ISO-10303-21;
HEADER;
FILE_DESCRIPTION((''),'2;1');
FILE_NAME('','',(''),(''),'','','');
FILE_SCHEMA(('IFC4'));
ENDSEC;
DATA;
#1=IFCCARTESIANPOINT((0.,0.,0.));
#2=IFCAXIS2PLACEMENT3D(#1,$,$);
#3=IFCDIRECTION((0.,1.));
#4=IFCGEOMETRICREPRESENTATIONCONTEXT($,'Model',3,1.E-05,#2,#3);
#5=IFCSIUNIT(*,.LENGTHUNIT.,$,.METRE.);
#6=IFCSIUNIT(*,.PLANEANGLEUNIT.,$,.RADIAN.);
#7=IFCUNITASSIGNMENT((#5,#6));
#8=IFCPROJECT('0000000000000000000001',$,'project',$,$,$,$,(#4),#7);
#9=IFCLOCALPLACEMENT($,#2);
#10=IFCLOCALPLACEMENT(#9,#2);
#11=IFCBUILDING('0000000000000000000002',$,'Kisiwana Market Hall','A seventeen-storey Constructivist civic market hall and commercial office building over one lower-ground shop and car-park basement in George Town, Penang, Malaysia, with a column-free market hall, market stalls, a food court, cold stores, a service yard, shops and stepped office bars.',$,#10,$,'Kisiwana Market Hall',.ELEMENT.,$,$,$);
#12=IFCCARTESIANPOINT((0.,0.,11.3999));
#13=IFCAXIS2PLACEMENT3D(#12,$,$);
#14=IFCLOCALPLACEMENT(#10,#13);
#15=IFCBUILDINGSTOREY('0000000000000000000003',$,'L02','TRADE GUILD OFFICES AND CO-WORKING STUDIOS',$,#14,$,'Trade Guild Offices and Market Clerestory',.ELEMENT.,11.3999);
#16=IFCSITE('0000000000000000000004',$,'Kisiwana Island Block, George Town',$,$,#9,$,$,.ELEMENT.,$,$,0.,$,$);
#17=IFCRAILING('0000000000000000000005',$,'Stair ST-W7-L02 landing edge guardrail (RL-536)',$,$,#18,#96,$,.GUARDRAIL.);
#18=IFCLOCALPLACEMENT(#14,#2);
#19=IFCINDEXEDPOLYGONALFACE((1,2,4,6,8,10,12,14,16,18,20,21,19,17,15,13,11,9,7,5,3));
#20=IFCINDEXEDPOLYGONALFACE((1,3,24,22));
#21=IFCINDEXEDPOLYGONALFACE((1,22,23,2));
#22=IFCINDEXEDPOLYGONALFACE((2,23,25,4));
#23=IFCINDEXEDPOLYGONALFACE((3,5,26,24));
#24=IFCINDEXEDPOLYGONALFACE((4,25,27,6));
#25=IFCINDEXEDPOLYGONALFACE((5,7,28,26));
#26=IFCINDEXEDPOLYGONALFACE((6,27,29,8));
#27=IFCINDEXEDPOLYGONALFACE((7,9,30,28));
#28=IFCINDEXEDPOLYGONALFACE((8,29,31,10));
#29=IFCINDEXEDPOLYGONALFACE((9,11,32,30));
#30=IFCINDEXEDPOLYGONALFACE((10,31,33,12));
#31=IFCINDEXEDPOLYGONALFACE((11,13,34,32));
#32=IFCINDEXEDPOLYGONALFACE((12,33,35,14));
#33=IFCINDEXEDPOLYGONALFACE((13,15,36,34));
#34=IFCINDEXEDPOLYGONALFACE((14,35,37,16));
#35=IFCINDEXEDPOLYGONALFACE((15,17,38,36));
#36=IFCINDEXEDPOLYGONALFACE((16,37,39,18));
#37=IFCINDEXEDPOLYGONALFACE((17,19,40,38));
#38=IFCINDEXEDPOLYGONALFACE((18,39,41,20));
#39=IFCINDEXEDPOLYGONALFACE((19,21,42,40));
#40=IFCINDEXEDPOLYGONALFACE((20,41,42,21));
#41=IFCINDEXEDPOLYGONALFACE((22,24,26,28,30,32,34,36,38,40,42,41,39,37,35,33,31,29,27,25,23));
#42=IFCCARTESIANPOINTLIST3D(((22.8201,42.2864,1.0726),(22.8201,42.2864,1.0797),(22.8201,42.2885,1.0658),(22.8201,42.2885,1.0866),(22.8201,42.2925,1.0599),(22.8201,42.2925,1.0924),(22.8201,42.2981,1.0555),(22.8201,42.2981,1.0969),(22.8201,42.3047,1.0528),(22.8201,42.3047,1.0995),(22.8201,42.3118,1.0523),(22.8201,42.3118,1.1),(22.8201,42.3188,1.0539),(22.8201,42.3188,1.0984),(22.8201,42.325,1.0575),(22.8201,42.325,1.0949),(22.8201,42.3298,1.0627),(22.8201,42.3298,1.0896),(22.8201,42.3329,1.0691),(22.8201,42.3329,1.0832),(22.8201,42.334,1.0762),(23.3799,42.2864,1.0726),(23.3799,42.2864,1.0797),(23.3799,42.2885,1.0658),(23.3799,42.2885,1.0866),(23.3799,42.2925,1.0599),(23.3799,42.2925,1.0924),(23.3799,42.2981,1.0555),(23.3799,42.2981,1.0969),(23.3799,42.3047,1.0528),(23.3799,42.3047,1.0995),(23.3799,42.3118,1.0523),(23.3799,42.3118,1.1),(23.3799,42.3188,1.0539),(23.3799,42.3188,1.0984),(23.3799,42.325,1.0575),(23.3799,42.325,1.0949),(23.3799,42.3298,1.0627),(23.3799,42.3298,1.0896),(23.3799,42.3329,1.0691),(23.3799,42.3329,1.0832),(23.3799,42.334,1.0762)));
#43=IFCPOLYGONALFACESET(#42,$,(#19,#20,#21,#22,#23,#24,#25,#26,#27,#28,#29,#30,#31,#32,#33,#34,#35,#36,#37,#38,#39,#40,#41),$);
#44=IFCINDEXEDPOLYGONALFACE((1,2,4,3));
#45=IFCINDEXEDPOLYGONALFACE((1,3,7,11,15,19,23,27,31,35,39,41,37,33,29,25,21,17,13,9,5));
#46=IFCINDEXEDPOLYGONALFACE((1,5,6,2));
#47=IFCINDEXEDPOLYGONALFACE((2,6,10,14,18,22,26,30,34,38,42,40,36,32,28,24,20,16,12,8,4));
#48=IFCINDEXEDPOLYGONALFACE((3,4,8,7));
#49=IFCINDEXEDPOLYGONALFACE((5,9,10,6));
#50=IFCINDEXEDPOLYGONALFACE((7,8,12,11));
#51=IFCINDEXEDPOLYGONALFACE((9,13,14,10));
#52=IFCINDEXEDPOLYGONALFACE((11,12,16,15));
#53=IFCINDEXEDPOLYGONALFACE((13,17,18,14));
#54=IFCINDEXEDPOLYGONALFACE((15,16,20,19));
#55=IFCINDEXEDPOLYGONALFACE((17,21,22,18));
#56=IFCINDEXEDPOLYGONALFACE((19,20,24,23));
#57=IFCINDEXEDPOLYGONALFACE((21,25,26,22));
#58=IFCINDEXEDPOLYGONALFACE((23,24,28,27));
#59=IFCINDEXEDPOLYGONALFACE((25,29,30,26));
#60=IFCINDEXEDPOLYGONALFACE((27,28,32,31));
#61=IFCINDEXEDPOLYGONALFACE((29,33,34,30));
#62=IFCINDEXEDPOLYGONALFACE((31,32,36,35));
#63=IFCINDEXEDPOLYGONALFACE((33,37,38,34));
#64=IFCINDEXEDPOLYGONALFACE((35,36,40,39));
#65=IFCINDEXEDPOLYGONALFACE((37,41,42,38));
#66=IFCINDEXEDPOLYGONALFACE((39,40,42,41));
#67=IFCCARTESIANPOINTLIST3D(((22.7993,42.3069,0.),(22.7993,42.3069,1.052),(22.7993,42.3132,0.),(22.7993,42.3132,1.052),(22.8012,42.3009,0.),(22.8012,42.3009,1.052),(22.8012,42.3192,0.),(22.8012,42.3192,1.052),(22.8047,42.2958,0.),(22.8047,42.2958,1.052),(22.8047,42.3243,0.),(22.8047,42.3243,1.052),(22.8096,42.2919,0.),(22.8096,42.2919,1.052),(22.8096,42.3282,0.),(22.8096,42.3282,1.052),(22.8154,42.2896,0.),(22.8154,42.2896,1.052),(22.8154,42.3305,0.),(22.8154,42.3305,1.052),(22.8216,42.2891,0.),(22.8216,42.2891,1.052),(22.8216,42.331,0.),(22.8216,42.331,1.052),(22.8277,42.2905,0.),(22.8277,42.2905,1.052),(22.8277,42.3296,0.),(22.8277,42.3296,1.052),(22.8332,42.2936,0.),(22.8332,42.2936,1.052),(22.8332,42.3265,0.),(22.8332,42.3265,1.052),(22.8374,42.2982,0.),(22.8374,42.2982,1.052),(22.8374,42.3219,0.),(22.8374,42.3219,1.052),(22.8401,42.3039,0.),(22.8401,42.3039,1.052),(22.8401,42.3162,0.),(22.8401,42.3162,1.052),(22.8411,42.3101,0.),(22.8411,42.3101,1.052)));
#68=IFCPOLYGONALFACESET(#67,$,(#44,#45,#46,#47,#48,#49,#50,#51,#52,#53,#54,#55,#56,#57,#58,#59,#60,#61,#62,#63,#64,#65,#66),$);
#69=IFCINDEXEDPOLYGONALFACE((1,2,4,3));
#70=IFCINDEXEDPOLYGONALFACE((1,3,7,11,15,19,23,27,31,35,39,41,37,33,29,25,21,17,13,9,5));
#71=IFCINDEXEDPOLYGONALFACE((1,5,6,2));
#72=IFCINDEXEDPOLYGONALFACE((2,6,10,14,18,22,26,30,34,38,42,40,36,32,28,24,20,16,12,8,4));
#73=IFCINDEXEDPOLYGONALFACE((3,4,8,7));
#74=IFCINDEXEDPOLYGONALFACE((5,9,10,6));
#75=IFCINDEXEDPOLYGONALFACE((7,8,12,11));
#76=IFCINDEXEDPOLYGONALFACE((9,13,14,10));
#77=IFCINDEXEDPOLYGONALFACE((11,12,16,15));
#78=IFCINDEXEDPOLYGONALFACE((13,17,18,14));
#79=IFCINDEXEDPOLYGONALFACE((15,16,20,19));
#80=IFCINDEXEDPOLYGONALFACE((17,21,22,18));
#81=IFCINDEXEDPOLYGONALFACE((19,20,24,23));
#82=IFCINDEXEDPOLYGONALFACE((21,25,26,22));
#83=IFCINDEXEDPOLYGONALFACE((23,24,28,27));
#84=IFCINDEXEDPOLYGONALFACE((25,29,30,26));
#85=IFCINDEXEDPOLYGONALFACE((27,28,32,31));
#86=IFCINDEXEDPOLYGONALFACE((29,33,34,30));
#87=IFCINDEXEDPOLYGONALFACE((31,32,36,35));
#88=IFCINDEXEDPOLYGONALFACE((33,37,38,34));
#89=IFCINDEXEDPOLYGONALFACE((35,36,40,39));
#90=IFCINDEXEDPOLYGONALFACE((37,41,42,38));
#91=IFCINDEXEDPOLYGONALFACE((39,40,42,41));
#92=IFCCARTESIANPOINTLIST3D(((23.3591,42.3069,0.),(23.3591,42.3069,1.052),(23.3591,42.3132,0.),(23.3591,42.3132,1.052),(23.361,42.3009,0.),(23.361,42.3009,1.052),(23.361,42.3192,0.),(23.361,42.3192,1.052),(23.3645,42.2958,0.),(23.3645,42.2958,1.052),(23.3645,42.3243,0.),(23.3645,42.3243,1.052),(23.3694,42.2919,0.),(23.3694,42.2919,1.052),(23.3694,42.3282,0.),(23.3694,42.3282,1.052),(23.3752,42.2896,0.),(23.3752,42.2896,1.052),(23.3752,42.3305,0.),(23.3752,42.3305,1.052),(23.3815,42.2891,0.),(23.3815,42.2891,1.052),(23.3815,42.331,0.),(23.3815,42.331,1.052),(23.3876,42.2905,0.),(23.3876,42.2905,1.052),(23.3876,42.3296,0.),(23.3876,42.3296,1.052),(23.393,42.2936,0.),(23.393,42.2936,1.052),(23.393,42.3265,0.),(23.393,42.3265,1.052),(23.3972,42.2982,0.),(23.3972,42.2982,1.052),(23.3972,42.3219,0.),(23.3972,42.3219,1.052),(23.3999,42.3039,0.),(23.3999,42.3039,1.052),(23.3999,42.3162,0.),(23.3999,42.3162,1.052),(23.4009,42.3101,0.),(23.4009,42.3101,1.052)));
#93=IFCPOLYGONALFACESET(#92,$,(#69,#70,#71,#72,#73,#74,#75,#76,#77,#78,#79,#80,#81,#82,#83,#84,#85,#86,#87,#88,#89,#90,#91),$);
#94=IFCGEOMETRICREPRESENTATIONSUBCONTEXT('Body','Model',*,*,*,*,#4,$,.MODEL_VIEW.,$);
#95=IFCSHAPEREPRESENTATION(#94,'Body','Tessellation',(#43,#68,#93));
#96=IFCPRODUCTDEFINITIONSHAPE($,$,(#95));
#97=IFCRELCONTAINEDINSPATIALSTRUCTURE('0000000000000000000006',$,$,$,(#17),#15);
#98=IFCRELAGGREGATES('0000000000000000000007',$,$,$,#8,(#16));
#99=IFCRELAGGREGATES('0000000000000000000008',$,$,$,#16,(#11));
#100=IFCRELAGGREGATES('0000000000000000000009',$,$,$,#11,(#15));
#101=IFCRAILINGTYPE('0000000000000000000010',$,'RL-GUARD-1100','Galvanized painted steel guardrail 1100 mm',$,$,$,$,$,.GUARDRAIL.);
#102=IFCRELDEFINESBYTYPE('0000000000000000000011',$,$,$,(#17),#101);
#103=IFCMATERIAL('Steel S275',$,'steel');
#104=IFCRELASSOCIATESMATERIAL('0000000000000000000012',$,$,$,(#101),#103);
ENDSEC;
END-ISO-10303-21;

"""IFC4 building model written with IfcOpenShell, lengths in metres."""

from ifc_helpers import new_model, si_unit, direction, frame, origin, origin_2d, place, context, subcontext, project, spatial, circle, extrude, material, type_object, element, save


model = new_model("IFC4")

# Units and contexts
model_context = context("Model", 3, precision=1e-05, world=origin(), true_north=direction((0.0, 1.0)))
body_context = subcontext(model_context, "Body", "Model", "MODEL_VIEW")
ifc_project = project(units=[si_unit("LENGTHUNIT", "METRE"), si_unit("PLANEANGLEUNIT", "RADIAN")], contexts=[model_context])

# Site, building, storey
site_placement = place(None, origin())
site = spatial("IfcSite", under=ifc_project, at=site_placement, Name="Kisiwana Island Block, George Town", CompositionType="ELEMENT", RefElevation=0.0)
building_placement = place(site_placement, origin())
building = spatial("IfcBuilding", under=site, at=building_placement, Name="Kisiwana Market Hall", Description="A seventeen-storey Constructivist civic market hall and commercial office building over one lower-ground shop and car-park basement in George Town, Penang, Malaysia, with a column-free market hall, market stalls, a food court, cold stores, a service yard, shops and stepped office bars.", LongName="Kisiwana Market Hall", CompositionType="ELEMENT")
storey_placement = place(building_placement, frame((0.0, 0.0, 11.3999)))
storey = spatial("IfcBuildingStorey", under=building, at=storey_placement, Name="L02", Description="TRADE GUILD OFFICES AND CO-WORKING STUDIOS", LongName="Trade Guild Offices and Market Clerestory", CompositionType="ELEMENT", Elevation=11.3999)

# Railing
ifc_material_1 = material(Name="Steel S275", Category="steel")
railing_type_1 = type_object("IfcRailingType", Name="RL-GUARD-1100", Description="Galvanized painted steel guardrail 1100 mm", PredefinedType="GUARDRAIL", material=ifc_material_1)
railing_1_placement = place(storey_placement, frame((22.8201, 42.3101, 0.0)))
element("IfcRailing", 1, at=railing_1_placement, inside=storey, type_object=railing_type_1, Name="Stair ST-W7-L02 landing edge guardrail (RL-536)", PredefinedType="GUARDRAIL", context=body_context, shape_type="SweptSolid", body=[
    extrude(circle(Radius=0.0239, at=origin_2d()), frame((0.0, 0.0, 1.0762), z_axis=(1.0, 0.0, 0.0), x_axis=(0.0, 1.0, 0.0)), (0.0, 0.0, 1.0), 0.5598),
    extrude(circle(Radius=0.021, at=origin_2d()), origin(), (0.0, 0.0, 1.0), 1.052),
    extrude(circle(Radius=0.021, at=origin_2d()), frame((0.5598, 0.0, 0.0)), (0.0, 0.0, 1.0), 1.052),
])

save(model, "model.ifc")
